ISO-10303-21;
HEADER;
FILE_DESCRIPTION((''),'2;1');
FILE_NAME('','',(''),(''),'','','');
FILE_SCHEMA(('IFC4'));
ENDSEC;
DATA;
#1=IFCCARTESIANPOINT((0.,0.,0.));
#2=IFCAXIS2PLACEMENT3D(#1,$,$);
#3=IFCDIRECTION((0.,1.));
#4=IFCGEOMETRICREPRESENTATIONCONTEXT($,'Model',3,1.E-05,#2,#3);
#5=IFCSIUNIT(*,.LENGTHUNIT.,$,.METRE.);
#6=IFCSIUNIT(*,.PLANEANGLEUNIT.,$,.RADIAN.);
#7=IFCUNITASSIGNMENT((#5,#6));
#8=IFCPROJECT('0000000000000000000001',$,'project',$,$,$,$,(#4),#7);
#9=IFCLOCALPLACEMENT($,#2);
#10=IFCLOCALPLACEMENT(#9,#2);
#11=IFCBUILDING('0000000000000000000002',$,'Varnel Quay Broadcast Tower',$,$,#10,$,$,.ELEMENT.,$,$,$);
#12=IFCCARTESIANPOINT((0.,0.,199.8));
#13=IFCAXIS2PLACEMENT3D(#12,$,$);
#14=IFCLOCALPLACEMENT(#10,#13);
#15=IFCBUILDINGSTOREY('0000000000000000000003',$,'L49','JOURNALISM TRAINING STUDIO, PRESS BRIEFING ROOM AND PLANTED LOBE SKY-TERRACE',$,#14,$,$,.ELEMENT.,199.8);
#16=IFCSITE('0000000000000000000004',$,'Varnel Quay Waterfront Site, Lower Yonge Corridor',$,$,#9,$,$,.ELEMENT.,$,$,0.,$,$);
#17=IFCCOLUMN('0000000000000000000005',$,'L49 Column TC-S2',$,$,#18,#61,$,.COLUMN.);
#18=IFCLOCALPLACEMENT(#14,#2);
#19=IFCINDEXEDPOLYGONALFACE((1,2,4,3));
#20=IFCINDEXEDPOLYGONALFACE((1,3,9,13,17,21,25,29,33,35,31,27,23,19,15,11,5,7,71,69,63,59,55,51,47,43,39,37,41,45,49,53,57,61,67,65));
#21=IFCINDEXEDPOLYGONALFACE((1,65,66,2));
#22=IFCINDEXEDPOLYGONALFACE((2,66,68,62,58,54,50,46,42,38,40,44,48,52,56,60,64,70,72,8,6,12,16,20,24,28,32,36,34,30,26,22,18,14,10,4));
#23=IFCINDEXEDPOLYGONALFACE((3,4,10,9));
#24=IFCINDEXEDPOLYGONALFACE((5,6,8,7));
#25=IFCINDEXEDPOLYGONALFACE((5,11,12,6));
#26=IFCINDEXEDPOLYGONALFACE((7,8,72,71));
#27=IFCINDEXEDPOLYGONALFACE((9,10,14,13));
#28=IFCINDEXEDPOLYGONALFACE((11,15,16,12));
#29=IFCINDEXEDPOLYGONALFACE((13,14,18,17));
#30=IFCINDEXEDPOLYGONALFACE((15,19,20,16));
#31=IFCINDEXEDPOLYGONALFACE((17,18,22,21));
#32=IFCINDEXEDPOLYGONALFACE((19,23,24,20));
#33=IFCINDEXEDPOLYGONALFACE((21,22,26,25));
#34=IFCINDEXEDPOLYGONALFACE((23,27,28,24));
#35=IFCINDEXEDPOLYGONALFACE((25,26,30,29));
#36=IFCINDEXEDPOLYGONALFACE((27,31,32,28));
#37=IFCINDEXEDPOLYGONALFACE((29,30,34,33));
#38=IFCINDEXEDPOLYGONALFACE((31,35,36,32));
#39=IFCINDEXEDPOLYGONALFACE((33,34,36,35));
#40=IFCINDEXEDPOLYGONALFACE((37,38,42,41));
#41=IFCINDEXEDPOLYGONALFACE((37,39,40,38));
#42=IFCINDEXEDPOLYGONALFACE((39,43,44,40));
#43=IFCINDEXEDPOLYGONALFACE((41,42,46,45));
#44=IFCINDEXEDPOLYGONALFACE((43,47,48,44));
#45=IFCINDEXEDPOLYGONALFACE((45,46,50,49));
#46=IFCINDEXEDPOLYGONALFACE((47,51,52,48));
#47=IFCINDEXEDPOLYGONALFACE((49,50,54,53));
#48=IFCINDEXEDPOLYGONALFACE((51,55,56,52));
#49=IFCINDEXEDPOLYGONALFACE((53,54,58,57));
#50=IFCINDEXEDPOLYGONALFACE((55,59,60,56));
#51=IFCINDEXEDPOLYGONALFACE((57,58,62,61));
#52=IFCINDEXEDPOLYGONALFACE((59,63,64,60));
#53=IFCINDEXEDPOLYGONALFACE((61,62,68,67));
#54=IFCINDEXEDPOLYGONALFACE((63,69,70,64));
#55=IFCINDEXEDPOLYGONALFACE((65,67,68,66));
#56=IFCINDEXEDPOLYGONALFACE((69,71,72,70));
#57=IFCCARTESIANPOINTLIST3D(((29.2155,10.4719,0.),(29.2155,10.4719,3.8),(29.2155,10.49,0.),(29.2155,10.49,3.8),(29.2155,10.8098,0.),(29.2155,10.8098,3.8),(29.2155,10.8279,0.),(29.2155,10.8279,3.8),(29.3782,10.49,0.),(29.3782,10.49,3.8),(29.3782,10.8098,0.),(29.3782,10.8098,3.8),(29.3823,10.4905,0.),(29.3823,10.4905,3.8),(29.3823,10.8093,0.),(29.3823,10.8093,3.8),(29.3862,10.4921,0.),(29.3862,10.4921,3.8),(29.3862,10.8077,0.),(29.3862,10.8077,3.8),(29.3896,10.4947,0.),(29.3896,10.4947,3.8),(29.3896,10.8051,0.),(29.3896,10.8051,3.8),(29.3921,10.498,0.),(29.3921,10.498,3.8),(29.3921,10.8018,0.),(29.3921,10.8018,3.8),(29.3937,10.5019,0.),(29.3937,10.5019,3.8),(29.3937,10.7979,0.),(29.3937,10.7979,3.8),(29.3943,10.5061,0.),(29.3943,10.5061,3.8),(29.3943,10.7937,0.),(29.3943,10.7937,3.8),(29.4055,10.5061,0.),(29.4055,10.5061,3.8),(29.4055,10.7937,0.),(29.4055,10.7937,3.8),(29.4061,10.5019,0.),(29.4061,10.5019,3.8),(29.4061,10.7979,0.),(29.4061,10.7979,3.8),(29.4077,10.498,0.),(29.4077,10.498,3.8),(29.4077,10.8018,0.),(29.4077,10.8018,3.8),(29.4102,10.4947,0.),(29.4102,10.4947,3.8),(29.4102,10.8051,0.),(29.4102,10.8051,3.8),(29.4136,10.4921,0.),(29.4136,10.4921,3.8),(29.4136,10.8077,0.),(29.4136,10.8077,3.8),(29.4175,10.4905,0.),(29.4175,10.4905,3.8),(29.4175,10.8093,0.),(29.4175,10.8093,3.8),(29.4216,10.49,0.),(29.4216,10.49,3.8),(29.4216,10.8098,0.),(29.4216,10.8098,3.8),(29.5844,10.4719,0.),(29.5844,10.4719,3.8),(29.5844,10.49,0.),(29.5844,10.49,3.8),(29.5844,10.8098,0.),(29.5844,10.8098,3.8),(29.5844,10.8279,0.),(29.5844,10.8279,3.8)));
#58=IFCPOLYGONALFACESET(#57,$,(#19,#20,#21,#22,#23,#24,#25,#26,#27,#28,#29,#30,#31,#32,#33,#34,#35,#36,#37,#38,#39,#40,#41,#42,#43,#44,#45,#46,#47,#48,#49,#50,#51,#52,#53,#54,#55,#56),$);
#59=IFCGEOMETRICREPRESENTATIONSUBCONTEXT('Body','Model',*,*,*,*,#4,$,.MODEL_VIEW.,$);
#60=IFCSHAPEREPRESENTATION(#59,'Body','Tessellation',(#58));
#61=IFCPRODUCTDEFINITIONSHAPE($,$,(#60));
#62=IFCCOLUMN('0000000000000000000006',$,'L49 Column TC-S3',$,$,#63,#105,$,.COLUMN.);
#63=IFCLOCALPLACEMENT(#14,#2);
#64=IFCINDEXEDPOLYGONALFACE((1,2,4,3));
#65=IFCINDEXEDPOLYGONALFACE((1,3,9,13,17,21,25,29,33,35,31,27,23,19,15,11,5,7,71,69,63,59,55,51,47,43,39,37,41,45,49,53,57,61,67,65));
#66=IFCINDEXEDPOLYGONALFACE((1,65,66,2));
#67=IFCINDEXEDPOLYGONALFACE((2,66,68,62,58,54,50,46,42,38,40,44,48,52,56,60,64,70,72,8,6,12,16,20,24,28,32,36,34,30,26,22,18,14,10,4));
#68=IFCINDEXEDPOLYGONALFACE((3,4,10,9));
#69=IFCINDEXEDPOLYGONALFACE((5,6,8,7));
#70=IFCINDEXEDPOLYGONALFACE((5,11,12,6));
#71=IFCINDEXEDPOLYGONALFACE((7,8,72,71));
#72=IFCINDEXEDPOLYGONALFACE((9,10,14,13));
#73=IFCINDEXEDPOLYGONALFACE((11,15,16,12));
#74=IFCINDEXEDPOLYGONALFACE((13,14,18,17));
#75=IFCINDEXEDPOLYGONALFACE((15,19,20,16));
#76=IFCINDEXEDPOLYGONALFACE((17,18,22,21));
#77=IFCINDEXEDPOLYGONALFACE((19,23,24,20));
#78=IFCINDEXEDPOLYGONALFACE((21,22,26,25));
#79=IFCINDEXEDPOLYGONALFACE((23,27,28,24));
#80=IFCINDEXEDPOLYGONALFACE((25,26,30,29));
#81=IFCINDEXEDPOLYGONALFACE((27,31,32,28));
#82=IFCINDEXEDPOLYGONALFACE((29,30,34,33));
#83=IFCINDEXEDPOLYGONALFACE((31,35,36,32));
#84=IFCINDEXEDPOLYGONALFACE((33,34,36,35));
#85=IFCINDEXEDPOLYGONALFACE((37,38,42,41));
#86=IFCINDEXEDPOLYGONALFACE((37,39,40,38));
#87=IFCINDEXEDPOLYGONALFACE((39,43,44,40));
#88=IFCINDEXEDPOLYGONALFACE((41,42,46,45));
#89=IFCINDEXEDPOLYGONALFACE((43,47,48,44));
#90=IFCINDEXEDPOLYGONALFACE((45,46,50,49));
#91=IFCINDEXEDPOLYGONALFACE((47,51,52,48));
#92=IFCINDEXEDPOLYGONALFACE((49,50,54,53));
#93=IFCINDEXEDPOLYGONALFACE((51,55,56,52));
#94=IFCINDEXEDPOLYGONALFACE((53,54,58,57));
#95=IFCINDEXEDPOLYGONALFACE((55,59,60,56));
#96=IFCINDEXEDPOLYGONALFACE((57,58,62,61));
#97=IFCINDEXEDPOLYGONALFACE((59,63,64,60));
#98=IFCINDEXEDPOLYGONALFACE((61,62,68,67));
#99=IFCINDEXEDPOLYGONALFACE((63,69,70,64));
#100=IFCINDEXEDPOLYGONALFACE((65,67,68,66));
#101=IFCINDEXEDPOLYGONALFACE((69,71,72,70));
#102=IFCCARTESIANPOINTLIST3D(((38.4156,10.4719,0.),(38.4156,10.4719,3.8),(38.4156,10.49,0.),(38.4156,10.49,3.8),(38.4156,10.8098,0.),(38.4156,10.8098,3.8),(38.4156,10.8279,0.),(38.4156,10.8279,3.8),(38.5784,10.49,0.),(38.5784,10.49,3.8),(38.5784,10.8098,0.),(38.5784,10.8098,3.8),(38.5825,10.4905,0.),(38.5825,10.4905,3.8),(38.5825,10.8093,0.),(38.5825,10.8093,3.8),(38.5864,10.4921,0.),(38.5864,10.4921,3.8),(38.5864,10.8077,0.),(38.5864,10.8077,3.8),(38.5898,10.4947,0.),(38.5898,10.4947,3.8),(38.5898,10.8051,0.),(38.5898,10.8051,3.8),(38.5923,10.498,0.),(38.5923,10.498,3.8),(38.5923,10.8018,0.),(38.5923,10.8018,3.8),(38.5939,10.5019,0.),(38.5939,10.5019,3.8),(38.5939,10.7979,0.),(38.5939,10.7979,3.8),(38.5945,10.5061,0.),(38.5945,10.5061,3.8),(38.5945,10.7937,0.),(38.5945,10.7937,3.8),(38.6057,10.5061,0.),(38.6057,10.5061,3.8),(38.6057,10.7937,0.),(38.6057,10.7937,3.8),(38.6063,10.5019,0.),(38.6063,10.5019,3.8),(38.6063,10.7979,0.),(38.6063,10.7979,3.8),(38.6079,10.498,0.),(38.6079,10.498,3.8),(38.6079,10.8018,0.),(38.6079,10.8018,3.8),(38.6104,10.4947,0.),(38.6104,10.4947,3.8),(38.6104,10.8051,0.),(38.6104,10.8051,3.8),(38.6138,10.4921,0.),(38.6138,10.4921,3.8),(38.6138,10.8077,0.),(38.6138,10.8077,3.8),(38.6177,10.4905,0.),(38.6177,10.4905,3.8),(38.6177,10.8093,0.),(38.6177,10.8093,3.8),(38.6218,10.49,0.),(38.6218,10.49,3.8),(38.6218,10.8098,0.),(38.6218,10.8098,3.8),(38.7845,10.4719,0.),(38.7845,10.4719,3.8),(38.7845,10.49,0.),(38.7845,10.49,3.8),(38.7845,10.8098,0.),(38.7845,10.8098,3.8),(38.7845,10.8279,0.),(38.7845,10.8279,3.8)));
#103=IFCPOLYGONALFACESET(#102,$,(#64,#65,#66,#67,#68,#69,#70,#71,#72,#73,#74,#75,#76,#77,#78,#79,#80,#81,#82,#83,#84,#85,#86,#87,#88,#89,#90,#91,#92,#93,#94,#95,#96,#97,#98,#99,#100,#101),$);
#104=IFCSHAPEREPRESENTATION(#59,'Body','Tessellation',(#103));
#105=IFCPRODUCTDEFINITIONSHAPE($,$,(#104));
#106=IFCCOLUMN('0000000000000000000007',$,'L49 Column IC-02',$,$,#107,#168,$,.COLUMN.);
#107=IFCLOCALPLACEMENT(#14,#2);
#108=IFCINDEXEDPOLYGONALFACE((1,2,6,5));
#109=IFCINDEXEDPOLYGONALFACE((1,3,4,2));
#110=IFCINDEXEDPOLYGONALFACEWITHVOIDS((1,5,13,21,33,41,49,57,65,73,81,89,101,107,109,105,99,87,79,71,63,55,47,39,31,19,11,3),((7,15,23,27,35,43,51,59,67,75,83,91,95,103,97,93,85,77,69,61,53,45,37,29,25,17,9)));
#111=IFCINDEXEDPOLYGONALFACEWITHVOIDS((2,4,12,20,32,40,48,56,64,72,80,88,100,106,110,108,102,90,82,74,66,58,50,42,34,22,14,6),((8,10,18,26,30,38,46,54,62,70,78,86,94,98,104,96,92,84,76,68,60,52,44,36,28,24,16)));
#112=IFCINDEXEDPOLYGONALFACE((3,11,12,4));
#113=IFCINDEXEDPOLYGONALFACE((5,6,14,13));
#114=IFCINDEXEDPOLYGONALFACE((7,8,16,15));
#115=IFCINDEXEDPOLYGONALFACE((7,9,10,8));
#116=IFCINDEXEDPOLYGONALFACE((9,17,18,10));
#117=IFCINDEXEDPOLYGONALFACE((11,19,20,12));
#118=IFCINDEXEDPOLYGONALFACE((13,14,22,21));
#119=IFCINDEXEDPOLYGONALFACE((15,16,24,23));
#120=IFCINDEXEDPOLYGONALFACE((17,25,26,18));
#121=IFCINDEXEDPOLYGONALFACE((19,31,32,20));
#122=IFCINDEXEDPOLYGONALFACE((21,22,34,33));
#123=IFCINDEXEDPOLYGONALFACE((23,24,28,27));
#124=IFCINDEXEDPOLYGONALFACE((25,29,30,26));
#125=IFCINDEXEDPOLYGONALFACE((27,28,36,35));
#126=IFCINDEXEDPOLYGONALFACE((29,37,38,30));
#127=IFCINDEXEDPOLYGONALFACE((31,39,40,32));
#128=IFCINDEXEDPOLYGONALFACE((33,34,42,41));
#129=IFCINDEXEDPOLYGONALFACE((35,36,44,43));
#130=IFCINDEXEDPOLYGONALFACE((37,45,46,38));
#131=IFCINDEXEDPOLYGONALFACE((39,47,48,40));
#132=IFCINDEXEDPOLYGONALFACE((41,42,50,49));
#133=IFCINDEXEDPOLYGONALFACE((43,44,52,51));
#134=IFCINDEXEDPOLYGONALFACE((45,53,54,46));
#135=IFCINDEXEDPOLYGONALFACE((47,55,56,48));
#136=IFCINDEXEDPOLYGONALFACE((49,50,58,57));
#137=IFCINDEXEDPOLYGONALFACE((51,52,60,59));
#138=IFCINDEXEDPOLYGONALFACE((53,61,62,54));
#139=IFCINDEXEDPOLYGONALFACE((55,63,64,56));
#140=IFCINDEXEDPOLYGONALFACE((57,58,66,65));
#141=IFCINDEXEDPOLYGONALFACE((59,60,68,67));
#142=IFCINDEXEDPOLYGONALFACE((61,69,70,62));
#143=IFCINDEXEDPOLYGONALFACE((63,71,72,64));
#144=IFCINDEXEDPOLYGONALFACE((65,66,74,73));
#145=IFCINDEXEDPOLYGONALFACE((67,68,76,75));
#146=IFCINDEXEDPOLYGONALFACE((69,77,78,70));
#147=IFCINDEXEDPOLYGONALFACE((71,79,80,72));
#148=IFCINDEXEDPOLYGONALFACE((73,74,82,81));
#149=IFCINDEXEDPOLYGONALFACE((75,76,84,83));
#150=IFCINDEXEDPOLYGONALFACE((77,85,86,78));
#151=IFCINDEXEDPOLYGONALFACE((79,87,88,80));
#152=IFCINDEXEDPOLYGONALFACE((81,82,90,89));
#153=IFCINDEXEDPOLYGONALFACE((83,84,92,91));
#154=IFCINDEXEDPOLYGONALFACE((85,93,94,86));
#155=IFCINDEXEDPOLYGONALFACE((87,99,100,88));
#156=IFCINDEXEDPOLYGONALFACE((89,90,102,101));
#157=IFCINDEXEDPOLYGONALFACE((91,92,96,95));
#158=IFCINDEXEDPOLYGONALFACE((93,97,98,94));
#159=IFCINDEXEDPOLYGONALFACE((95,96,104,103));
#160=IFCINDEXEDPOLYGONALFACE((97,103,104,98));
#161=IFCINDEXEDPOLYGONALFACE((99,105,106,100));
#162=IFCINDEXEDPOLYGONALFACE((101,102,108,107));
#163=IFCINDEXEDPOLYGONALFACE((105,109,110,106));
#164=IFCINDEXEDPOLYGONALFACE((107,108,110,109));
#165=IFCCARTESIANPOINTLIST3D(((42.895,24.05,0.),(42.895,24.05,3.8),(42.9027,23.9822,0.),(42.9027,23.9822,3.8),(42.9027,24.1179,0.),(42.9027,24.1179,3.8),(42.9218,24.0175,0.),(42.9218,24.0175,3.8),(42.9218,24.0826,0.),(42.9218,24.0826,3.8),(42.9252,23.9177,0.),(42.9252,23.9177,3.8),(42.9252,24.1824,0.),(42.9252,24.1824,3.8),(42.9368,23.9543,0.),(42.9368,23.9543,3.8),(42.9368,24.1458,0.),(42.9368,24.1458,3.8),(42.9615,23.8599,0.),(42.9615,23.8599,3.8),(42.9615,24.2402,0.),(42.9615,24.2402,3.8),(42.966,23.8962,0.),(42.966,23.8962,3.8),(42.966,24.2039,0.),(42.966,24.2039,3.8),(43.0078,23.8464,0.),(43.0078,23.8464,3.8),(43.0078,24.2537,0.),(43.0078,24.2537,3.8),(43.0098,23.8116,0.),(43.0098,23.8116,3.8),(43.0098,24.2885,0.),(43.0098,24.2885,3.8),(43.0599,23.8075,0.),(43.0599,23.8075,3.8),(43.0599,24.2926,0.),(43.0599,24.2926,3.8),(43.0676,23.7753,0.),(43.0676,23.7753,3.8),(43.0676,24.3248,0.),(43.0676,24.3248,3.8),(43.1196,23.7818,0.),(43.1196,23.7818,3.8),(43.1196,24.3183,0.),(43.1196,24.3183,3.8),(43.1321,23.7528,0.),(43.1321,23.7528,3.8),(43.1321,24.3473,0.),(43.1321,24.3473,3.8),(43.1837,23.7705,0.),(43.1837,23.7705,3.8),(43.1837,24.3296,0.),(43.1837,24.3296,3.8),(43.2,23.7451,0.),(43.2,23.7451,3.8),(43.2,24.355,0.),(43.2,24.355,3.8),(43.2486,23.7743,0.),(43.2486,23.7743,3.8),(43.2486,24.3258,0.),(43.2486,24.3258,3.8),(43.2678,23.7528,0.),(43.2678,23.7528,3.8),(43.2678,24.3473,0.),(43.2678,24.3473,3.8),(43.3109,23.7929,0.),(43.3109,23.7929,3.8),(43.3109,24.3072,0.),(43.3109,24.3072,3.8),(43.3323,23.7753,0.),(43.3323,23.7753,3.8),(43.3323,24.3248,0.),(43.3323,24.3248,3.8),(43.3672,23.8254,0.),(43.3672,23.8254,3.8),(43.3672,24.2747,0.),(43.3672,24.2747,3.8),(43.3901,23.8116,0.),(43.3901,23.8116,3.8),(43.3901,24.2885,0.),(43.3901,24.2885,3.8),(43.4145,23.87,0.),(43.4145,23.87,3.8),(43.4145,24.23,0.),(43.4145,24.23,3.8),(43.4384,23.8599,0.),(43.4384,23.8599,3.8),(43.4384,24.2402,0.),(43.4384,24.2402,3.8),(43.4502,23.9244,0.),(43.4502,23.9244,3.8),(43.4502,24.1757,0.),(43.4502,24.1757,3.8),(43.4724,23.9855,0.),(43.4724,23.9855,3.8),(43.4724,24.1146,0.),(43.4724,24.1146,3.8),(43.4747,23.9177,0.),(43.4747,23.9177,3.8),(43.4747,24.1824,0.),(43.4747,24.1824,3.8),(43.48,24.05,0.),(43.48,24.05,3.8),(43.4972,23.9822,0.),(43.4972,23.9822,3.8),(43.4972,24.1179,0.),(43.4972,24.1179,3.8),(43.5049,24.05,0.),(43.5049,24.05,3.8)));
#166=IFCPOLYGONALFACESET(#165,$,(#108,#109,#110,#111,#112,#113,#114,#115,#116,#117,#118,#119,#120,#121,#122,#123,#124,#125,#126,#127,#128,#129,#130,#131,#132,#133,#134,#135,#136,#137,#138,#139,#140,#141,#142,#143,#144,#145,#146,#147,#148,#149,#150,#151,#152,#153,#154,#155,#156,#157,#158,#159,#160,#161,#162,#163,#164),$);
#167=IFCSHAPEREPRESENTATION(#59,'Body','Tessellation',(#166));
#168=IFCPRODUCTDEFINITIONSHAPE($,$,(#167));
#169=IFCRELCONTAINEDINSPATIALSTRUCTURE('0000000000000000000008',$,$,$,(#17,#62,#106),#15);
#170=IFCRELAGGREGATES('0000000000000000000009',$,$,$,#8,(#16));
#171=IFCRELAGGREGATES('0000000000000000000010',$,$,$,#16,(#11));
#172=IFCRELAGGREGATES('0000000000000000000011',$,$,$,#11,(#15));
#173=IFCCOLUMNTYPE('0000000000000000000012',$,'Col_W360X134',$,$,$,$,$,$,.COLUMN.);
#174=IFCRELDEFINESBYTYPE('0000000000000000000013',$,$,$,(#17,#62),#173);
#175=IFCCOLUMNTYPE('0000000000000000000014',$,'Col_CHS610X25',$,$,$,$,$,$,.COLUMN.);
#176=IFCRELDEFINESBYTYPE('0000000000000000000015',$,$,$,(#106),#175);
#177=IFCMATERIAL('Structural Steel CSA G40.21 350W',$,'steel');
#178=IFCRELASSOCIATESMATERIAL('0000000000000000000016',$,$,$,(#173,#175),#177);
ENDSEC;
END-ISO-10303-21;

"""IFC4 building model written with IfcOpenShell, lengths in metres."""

from ifc_helpers import new_model, si_unit, direction, frame, origin, origin_2d, place, context, subcontext, project, spatial, hollow_circle, i_section, extrude, source, transform, mapped, material, material_profile, profile_set, type_object, type_shapes, element, save


model = new_model("IFC4")

# Units and contexts
model_context = context("Model", 3, precision=1e-05, world=origin(), true_north=direction((0.0, 1.0)))
body_context = subcontext(model_context, "Body", "Model", "MODEL_VIEW")
ifc_project = project(units=[si_unit("LENGTHUNIT", "METRE"), si_unit("PLANEANGLEUNIT", "RADIAN")], contexts=[model_context])

# Site, building, storey
site_placement = place(None, origin())
site = spatial("IfcSite", under=ifc_project, at=site_placement, Name="Varnel Quay Waterfront Site, Lower Yonge Corridor", CompositionType="ELEMENT", RefElevation=0.0)
building_placement = place(site_placement, origin())
building = spatial("IfcBuilding", under=site, at=building_placement, Name="Varnel Quay Broadcast Tower", CompositionType="ELEMENT")
storey_placement = place(building_placement, frame((0.0, 0.0, 199.8)))
storey = spatial("IfcBuildingStorey", under=building, at=storey_placement, Name="L49", Description="JOURNALISM TRAINING STUDIO, PRESS BRIEFING ROOM AND PLANTED LOBE SKY-TERRACE", CompositionType="ELEMENT", Elevation=199.8)

# Columns
ifc_material_1 = material(Name="Structural Steel CSA G40.21 350W", Category="steel")
ifc_material_profile_1 = material_profile(ifc_material_1, i_section(OverallWidth=0.3689, OverallDepth=0.356, WebThickness=0.0112, FlangeThickness=0.0181, FilletRadius=0.0161, at=origin_2d()), Name="W360X134")
ifc_profile_set_1 = profile_set([ifc_material_profile_1], Name="Structural Steel CSA G40.21 350W")
column_type_1 = type_object("IfcColumnType", Name="Col_W360X134", PredefinedType="COLUMN", material=ifc_profile_set_1)
shared_shape_1 = source(origin(), body_context, "Body", "SweptSolid", [
    extrude(i_section(OverallWidth=0.3689, OverallDepth=0.356, WebThickness=0.0112, FlangeThickness=0.0181, FilletRadius=0.0161, at=origin_2d()), origin(), (0.0, 0.0, 1.0), 3.8),
])
type_shapes(column_type_1, [shared_shape_1])
for number, where, z_axis, x_axis, name in (
    (1, (29.3999, 10.6499, 0.0), (0.0, 0.0, 1.0), (1.0, 0.0, 0.0), "L49 Column TC-S2"),
    (2, (38.6001, 10.6499, 0.0), (0.0, 0.0, 1.0), (1.0, 0.0, 0.0), "L49 Column TC-S3"),
):
    element("IfcColumn", number, at=place(storey_placement, frame(where, z_axis=z_axis, x_axis=x_axis)), inside=storey, type_object=column_type_1, Name=name, PredefinedType="COLUMN", context=body_context, shape_type="MappedRepresentation", body=[
        mapped(shared_shape_1, transform((0.0, 0.0, 0.0), x_axis=(1.0, 0.0, 0.0), y_axis=(0.0, 1.0, 0.0), z_axis=(0.0, 0.0, 1.0), scale=1.0)),
    ])
ifc_material_profile_2 = material_profile(ifc_material_1, hollow_circle(Radius=0.3049, WallThickness=0.0249, at=origin_2d()), Name="CHS610X25")
ifc_profile_set_2 = profile_set([ifc_material_profile_2], Name="Structural Steel CSA G40.21 350W")
column_type_2 = type_object("IfcColumnType", Name="Col_CHS610X25", PredefinedType="COLUMN", material=ifc_profile_set_2)
shared_shape_2 = source(origin(), body_context, "Body", "SweptSolid", [
    extrude(hollow_circle(Radius=0.3049, WallThickness=0.0249, at=origin_2d()), origin(), (0.0, 0.0, 1.0), 3.8),
])
type_shapes(column_type_2, [shared_shape_2])
column_placement = place(storey_placement, frame((43.2, 24.05, 0.0), z_axis=(0.0, 0.0, 1.0), x_axis=(1.0, 0.0, 0.0)))
element("IfcColumn", 3, at=column_placement, inside=storey, type_object=column_type_2, Name="L49 Column IC-02", PredefinedType="COLUMN", context=body_context, shape_type="MappedRepresentation", body=[
    mapped(shared_shape_2, transform((0.0, 0.0, 0.0), x_axis=(1.0, 0.0, 0.0), y_axis=(0.0, 1.0, 0.0), z_axis=(0.0, 0.0, 1.0), scale=1.0)),
])

save(model, "model.ifc")
